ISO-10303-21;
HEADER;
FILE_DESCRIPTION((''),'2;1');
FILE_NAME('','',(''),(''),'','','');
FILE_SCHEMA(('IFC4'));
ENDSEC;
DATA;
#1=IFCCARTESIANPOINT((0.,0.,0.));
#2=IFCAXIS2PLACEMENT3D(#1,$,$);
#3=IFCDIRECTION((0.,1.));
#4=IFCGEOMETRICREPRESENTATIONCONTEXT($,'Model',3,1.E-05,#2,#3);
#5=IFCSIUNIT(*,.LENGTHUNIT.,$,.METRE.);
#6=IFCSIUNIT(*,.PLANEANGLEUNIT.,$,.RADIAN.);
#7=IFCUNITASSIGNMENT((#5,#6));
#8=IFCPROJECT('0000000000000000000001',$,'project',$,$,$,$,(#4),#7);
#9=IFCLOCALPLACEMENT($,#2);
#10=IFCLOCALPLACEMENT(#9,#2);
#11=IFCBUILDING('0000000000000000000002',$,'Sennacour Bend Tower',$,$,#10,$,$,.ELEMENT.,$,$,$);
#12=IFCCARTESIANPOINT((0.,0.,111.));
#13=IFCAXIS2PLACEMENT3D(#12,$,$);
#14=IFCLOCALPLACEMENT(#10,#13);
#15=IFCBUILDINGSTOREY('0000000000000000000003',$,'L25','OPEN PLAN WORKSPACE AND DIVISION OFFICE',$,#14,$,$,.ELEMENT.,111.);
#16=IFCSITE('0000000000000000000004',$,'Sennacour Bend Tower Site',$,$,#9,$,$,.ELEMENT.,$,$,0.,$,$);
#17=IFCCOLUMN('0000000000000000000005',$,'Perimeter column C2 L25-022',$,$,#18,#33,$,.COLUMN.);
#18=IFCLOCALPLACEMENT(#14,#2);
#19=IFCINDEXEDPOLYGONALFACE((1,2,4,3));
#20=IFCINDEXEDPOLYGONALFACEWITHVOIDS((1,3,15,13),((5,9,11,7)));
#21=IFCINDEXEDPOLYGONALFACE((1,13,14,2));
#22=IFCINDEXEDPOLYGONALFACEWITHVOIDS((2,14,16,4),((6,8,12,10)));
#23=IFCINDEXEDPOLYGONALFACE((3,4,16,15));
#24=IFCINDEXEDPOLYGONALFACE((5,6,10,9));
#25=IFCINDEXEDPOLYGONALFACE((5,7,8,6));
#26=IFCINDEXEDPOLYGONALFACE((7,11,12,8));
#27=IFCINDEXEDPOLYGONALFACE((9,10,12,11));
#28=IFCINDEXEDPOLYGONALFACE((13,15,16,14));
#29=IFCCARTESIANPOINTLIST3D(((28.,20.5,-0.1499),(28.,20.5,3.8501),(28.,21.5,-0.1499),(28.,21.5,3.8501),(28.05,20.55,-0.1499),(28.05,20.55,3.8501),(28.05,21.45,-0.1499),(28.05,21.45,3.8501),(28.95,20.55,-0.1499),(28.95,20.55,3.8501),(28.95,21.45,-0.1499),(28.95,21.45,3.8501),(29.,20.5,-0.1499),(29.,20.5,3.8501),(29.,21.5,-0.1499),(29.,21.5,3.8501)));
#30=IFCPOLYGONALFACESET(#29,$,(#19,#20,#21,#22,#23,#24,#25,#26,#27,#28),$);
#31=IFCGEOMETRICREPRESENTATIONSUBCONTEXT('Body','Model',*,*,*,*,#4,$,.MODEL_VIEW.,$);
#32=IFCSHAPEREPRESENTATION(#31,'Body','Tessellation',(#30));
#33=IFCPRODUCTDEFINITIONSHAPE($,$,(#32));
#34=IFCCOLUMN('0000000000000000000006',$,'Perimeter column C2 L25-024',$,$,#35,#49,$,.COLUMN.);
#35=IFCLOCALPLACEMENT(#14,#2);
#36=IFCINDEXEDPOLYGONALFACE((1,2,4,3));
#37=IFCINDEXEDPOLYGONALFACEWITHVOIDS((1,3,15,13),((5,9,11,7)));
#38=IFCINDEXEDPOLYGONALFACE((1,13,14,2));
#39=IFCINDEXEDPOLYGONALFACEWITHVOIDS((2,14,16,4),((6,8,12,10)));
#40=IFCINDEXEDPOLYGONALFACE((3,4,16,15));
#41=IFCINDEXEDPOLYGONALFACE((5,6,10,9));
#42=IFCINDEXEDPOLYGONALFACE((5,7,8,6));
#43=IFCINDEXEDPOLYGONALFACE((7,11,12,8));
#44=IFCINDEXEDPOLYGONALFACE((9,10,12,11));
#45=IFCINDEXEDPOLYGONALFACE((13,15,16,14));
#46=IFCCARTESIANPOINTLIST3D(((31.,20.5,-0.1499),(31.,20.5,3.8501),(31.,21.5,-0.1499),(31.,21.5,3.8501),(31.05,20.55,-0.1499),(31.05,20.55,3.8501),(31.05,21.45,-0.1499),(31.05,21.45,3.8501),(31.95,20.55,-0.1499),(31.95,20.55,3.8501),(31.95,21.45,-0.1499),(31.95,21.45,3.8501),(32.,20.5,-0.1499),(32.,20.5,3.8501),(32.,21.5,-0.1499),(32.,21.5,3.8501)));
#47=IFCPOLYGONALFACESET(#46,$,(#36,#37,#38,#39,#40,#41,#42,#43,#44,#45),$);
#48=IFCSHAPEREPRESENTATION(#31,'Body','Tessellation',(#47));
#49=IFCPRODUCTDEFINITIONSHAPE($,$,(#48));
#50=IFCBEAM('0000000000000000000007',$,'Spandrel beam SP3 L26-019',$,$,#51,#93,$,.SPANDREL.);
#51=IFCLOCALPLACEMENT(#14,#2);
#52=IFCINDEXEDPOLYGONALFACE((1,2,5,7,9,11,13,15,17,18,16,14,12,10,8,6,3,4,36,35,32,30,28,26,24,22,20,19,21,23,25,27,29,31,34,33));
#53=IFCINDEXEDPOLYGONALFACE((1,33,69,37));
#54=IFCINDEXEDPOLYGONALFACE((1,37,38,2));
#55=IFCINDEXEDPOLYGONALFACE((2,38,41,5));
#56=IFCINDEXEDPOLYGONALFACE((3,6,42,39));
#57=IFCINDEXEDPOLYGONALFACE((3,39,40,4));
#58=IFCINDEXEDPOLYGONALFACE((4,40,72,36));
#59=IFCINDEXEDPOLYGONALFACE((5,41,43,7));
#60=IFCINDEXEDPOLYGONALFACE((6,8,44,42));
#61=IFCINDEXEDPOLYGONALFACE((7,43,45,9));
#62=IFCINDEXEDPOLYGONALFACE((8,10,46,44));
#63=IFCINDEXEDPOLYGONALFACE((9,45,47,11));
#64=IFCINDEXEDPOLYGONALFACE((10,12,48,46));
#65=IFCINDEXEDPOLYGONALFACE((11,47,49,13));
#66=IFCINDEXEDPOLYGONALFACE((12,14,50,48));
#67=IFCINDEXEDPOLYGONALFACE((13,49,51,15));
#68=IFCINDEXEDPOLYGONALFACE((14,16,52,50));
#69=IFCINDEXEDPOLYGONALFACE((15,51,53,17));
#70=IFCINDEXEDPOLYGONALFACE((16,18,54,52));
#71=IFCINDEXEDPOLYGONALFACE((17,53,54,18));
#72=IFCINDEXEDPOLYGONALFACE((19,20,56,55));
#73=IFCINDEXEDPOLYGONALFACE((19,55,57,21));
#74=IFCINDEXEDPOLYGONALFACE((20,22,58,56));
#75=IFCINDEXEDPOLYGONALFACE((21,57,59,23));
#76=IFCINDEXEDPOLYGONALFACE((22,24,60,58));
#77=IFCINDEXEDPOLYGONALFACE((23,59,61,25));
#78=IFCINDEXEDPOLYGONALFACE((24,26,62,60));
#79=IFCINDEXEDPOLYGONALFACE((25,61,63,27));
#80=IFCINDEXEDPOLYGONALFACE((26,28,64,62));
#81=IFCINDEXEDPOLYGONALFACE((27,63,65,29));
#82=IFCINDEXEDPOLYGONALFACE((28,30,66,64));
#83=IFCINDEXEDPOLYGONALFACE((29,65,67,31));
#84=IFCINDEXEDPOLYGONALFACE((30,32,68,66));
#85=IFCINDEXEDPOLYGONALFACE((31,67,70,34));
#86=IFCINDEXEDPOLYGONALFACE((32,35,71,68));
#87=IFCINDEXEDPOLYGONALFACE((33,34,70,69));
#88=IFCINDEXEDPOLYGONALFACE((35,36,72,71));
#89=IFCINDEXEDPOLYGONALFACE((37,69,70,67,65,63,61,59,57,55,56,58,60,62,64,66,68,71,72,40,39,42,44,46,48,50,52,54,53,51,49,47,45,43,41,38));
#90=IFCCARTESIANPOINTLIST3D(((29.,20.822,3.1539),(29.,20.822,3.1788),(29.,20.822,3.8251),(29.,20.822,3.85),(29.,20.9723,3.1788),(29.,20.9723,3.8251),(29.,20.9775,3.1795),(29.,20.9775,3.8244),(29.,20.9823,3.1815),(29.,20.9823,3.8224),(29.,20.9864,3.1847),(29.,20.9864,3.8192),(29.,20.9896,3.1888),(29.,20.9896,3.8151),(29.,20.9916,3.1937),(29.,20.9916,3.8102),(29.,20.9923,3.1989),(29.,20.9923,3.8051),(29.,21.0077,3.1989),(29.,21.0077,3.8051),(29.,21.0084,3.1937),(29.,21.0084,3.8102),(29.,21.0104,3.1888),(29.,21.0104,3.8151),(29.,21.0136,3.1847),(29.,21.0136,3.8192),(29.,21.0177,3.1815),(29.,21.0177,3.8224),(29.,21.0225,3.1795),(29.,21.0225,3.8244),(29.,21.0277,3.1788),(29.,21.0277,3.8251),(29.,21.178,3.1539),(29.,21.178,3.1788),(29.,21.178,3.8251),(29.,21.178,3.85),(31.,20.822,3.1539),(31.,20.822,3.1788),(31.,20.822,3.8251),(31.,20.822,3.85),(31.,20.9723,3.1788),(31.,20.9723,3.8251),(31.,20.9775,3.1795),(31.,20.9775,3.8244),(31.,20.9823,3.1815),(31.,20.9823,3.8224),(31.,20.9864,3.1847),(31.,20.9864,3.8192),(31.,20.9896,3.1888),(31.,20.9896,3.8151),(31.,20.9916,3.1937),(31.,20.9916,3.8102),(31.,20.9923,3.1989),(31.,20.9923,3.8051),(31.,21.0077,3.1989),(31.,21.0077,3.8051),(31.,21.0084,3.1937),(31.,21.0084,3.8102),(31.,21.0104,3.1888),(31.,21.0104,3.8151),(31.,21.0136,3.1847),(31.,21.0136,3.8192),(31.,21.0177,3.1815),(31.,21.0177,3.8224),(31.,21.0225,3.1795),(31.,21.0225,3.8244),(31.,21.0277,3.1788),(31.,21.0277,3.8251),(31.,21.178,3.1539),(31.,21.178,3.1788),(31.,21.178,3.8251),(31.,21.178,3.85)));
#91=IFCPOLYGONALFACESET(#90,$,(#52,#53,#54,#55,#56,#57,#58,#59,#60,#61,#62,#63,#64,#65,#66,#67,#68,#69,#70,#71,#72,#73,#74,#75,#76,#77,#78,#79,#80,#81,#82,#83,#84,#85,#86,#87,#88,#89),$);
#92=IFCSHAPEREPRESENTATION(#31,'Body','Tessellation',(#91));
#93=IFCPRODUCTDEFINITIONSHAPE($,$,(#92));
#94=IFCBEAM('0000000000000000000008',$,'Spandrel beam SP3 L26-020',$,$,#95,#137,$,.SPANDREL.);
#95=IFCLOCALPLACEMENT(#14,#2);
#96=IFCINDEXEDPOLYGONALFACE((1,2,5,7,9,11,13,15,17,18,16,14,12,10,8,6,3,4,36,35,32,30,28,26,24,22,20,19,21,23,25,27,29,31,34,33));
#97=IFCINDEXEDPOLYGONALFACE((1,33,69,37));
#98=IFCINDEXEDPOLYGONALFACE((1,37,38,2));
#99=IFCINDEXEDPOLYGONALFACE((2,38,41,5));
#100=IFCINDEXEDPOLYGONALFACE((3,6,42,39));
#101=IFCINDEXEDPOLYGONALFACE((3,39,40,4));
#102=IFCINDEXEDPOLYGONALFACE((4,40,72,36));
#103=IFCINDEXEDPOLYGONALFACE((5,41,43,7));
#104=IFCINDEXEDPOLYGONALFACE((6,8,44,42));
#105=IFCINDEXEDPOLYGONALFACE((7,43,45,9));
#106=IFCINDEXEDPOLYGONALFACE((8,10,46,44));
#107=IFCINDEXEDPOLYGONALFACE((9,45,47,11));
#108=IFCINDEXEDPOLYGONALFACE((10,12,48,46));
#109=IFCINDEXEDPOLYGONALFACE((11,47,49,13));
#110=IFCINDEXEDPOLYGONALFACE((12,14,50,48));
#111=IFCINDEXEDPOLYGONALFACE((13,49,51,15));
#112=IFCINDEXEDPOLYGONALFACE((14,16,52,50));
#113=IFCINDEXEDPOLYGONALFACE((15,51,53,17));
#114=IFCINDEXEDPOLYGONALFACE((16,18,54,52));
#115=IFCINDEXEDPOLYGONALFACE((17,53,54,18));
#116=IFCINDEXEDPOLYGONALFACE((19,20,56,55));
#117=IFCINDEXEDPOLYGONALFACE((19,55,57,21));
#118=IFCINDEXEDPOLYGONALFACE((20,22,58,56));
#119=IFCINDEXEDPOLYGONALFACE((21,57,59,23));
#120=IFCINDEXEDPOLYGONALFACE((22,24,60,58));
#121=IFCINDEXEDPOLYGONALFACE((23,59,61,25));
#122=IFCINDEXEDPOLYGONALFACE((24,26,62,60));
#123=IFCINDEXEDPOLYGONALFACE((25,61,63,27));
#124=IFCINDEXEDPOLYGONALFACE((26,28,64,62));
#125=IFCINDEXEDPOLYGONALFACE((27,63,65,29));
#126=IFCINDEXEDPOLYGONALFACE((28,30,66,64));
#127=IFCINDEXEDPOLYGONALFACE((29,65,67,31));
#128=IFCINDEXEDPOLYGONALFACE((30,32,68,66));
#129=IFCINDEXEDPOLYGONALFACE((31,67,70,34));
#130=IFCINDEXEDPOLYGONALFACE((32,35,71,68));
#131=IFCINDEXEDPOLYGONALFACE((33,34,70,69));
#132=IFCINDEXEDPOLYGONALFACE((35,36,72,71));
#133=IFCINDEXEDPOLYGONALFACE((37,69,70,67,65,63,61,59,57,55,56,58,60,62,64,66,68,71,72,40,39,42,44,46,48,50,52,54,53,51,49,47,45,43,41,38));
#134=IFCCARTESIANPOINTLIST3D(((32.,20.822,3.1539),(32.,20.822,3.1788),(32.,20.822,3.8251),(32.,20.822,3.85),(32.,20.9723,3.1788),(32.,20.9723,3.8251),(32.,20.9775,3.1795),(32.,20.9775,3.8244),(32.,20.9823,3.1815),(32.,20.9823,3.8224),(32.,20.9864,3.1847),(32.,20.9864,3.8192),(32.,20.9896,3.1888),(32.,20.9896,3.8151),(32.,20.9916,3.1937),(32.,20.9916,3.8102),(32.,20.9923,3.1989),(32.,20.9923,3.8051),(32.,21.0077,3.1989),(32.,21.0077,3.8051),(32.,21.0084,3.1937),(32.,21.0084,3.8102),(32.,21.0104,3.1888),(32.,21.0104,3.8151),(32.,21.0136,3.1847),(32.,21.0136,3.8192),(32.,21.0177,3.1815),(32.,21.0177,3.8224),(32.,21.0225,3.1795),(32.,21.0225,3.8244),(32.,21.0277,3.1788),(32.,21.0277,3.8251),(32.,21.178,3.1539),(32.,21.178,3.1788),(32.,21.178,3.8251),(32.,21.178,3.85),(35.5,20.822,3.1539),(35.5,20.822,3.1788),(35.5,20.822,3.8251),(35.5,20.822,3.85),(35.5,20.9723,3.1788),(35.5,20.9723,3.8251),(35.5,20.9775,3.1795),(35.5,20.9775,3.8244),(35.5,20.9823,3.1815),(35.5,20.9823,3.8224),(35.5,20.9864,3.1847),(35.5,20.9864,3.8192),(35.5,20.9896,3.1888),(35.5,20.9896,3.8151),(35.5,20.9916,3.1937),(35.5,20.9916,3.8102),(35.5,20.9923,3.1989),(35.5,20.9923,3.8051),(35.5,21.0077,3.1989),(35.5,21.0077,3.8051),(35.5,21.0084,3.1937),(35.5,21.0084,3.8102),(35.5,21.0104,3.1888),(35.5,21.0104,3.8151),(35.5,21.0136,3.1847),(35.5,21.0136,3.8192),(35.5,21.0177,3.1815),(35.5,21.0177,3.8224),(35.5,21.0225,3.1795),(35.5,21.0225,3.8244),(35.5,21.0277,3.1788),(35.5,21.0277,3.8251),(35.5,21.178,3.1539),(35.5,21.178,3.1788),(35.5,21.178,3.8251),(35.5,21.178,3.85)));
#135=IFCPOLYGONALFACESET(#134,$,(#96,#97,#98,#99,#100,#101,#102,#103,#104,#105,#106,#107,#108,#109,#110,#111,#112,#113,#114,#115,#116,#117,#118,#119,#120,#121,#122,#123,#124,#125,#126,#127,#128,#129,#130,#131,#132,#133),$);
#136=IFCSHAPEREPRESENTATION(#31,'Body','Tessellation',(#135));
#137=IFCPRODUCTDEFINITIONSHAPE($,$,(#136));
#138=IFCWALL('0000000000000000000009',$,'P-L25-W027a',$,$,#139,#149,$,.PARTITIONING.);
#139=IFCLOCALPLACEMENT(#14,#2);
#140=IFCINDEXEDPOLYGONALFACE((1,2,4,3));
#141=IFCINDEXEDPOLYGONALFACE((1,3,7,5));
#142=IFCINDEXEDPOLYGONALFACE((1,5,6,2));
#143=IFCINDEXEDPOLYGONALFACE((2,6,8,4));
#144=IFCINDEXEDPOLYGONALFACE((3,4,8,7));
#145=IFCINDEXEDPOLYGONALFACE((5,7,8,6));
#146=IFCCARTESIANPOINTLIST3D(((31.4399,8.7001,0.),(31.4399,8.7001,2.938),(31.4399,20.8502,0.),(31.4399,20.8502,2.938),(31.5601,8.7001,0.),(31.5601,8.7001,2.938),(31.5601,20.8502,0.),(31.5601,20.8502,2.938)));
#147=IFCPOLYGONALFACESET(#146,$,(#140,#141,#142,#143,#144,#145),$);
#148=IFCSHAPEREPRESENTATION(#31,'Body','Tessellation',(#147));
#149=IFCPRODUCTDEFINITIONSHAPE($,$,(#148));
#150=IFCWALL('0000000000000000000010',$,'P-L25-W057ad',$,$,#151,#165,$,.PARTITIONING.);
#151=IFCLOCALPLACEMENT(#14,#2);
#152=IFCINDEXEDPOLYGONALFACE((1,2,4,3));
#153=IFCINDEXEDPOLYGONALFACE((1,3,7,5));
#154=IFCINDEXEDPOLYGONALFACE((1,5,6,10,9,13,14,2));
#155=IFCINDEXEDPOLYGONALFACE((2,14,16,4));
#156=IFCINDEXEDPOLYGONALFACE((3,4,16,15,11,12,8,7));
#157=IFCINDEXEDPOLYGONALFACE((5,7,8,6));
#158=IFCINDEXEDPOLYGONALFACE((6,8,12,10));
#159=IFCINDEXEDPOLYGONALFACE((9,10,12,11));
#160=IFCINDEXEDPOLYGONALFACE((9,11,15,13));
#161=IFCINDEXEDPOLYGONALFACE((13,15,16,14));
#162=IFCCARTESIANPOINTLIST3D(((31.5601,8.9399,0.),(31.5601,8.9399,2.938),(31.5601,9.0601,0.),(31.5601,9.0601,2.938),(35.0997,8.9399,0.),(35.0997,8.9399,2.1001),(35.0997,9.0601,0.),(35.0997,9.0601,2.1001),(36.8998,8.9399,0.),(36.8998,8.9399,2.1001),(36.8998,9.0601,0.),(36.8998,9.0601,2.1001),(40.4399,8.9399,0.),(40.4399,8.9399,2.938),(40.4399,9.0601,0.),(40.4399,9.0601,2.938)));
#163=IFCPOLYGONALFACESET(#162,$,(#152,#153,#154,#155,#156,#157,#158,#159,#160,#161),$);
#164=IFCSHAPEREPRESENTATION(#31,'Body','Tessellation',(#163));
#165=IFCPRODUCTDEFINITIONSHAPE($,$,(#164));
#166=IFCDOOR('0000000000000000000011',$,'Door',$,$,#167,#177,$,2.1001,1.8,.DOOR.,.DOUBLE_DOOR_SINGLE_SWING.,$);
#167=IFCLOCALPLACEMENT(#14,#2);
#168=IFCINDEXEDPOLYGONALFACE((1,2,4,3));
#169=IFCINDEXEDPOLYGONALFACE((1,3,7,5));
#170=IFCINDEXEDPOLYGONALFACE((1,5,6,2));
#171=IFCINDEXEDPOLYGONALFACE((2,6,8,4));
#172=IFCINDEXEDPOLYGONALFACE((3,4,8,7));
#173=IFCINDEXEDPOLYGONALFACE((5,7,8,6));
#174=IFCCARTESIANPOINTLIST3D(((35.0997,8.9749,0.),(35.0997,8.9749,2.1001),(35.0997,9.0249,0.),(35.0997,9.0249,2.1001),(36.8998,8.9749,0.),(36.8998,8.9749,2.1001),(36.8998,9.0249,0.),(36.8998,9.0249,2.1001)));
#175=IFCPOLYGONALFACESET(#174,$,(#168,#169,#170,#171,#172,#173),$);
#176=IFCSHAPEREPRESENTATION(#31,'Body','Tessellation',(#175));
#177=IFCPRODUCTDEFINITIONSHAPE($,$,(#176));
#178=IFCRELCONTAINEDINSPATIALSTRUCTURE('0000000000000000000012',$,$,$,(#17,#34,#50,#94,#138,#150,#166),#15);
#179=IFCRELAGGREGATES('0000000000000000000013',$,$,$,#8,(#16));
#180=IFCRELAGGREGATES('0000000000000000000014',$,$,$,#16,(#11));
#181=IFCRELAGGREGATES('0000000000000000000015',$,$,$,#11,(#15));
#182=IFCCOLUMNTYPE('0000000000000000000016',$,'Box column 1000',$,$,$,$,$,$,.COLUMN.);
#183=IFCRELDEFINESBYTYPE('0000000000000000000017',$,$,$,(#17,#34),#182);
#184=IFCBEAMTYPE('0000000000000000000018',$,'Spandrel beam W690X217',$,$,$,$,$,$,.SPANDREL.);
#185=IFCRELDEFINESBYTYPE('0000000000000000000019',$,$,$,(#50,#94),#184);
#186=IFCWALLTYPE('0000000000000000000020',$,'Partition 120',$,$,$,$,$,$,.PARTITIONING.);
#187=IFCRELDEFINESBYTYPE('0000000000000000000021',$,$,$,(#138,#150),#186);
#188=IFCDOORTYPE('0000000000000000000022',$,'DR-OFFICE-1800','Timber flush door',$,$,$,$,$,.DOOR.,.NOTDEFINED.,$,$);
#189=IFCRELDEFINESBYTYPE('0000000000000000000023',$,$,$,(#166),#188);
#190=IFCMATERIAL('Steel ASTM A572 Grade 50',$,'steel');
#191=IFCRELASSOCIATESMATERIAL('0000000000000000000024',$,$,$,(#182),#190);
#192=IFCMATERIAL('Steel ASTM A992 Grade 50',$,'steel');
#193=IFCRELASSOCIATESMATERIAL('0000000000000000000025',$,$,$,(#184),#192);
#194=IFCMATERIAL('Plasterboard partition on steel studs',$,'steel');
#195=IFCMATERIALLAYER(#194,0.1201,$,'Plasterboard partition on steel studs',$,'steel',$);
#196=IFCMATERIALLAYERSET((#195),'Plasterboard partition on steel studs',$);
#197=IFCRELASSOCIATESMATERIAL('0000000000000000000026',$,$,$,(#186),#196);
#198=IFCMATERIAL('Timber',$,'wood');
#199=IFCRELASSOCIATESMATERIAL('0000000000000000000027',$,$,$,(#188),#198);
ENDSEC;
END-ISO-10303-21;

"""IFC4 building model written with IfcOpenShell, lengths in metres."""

from ifc_helpers import new_model, si_unit, direction, frame, frame_2d, origin, origin_2d, place, context, subcontext, project, spatial, rectangle, hollow_rectangle, i_section, extrude, material, layer, layer_set, material_profile, profile_set, type_object, element, fill, save


model = new_model("IFC4")

# Units and contexts
model_context = context("Model", 3, precision=1e-05, world=origin(), true_north=direction((0.0, 1.0)))
body_context = subcontext(model_context, "Body", "Model", "MODEL_VIEW")
ifc_project = project(units=[si_unit("LENGTHUNIT", "METRE"), si_unit("PLANEANGLEUNIT", "RADIAN")], contexts=[model_context])

# Site, building, storey
site_placement = place(None, origin())
site = spatial("IfcSite", under=ifc_project, at=site_placement, Name="Sennacour Bend Tower Site", CompositionType="ELEMENT", RefElevation=0.0)
building_placement = place(site_placement, origin())
building = spatial("IfcBuilding", under=site, at=building_placement, Name="Sennacour Bend Tower", CompositionType="ELEMENT")
storey_placement = place(building_placement, frame((0.0, 0.0, 111.0)))
storey = spatial("IfcBuildingStorey", under=building, at=storey_placement, Name="L25", Description="OPEN PLAN WORKSPACE AND DIVISION OFFICE", CompositionType="ELEMENT", Elevation=111.0)

# Columns
ifc_material_1 = material(Name="Steel ASTM A572 Grade 50", Category="steel")
ifc_material_profile_1 = material_profile(ifc_material_1, hollow_rectangle(XDim=1.0, YDim=1.0, WallThickness=0.05, at=origin_2d()), Name="Steel ASTM A572 Grade 50", Category="steel")
ifc_profile_set_1 = profile_set([ifc_material_profile_1], Name="Steel ASTM A572 Grade 50")
column_type = type_object("IfcColumnType", Name="Box column 1000", PredefinedType="COLUMN", material=ifc_profile_set_1)
for number, where, z_axis, x_axis, name in (
    (1, (28.5, 21.0, -0.1499), (0.0, 0.0, 1.0), (1.0, 0.0, 0.0), "Perimeter column C2 L25-022"),
    (2, (31.5, 21.0, -0.1499), (0.0, 0.0, 1.0), (1.0, 0.0, 0.0), "Perimeter column C2 L25-024"),
):
    element("IfcColumn", number, at=place(storey_placement, frame(where, z_axis=z_axis, x_axis=x_axis)), inside=storey, type_object=column_type, Name=name, PredefinedType="COLUMN", context=body_context, shape_type="SweptSolid", body=[
        extrude(hollow_rectangle(XDim=1.0, YDim=1.0, WallThickness=0.05, at=origin_2d()), origin(), (0.0, 0.0, 1.0), 4.0),
    ])

# Beams
ifc_material_2 = material(Name="Steel ASTM A992 Grade 50", Category="steel")
ifc_material_profile_2 = material_profile(ifc_material_2, i_section(OverallWidth=0.356, OverallDepth=0.696, WebThickness=0.0154, FlangeThickness=0.0249, FilletRadius=0.02, at=origin_2d()), Name="Steel ASTM A992 Grade 50", Category="steel")
ifc_profile_set_2 = profile_set([ifc_material_profile_2], Name="Steel ASTM A992 Grade 50")
beam_type = type_object("IfcBeamType", Name="Spandrel beam W690X217", PredefinedType="SPANDREL", material=ifc_profile_set_2)
beam_1_placement = place(storey_placement, frame((29.0, 21.0, 3.502), z_axis=(1.0, 0.0, 0.0), x_axis=(0.0, 1.0, 0.0)))
element("IfcBeam", 3, at=beam_1_placement, inside=storey, type_object=beam_type, Name="Spandrel beam SP3 L26-019", PredefinedType="SPANDREL", context=body_context, shape_type="SweptSolid", body=[
    extrude(i_section(OverallWidth=0.356, OverallDepth=0.696, WebThickness=0.0154, FlangeThickness=0.0249, FilletRadius=0.02, at=origin_2d()), origin(), (0.0, 0.0, 1.0), 2.0),
])
beam_2_placement = place(storey_placement, frame((32.0, 21.0, 3.502), z_axis=(1.0, 0.0, 0.0), x_axis=(0.0, 1.0, 0.0)))
element("IfcBeam", 4, at=beam_2_placement, inside=storey, type_object=beam_type, Name="Spandrel beam SP3 L26-020", PredefinedType="SPANDREL", context=body_context, shape_type="SweptSolid", body=[
    extrude(i_section(OverallWidth=0.356, OverallDepth=0.696, WebThickness=0.0154, FlangeThickness=0.0249, FilletRadius=0.02, at=origin_2d()), origin(), (0.0, 0.0, 1.0), 3.5),
])

# Wall
ifc_material_3 = material(Name="Plasterboard partition on steel studs", Category="steel")
ifc_layer_1 = layer(ifc_material_3, 0.1201, Name="Plasterboard partition on steel studs", Category="steel")
ifc_layer_set_1 = layer_set([ifc_layer_1], Name="Plasterboard partition on steel studs")
wall_type_1 = type_object("IfcWallType", Name="Partition 120", PredefinedType="PARTITIONING", material=ifc_layer_set_1)
wall_1_placement = place(storey_placement, frame((31.5, 8.7, 0.0), z_axis=(0.0, 0.0, 1.0), x_axis=(0.0, 1.0, 0.0)))
element("IfcWall", 5, at=wall_1_placement, inside=storey, type_object=wall_type_1, Name="P-L25-W027a", PredefinedType="PARTITIONING", context=body_context, shape_type="SweptSolid", body=[
    extrude(rectangle(XDim=12.1501, YDim=0.1201, at=frame_2d((6.0752, 0.0))), origin(), (0.0, 0.0, 1.0), 2.938),
])

# Wall, opening, door
wall_2_placement = place(storey_placement, frame((31.5601, 9.0, 0.0), z_axis=(0.0, 0.0, 1.0), x_axis=(1.0, 0.0, 0.0)))
wall_2 = element("IfcWall", 6, at=wall_2_placement, inside=storey, type_object=wall_type_1, Name="P-L25-W057ad", PredefinedType="PARTITIONING", context=body_context, shape_type="SweptSolid", body=[
    extrude(rectangle(XDim=8.8799, YDim=0.1201, at=frame_2d((4.4399, 0.0))), origin(), (0.0, 0.0, 1.0), 2.938),
])
opening_1_placement = place(wall_2_placement, frame((3.5398, 0.0, 0.0)))
opening_1 = element("IfcOpeningElement", 7, at=opening_1_placement, cuts=wall_2, PredefinedType="OPENING", context=body_context, shape_type="SweptSolid", body=[
    extrude(rectangle(XDim=1.8, YDim=2.1001, at=frame_2d((0.8999, 1.05))), frame((0.0, 0.0701, 0.0), z_axis=(0.0, -1.0, 0.0), x_axis=(1.0, 0.0, 0.0)), (0.0, 0.0, 1.0), 0.1401),
])
ifc_material_4 = material(Name="Timber", Category="wood")
door_type = type_object("IfcDoorType", Name="DR-OFFICE-1800", Description="Timber flush door", OperationType="NOTDEFINED", PredefinedType="DOOR", material=ifc_material_4)
door_placement = place(opening_1_placement, origin())
door = element("IfcDoor", 8, at=door_placement, inside=storey, type_object=door_type, Name="Door", OperationType="DOUBLE_DOOR_SINGLE_SWING", OverallHeight=2.1001, OverallWidth=1.8, PredefinedType="DOOR", context=body_context, shape_type="SweptSolid", body=[
    extrude(rectangle(XDim=1.8, YDim=2.1001, at=frame_2d((0.8999, 1.05))), frame((0.0, 0.0249, 0.0), z_axis=(0.0, -1.0, 0.0), x_axis=(1.0, 0.0, 0.0)), (0.0, 0.0, 1.0), 0.05),
])
fill(opening_1, door)

save(model, "model.ifc")
